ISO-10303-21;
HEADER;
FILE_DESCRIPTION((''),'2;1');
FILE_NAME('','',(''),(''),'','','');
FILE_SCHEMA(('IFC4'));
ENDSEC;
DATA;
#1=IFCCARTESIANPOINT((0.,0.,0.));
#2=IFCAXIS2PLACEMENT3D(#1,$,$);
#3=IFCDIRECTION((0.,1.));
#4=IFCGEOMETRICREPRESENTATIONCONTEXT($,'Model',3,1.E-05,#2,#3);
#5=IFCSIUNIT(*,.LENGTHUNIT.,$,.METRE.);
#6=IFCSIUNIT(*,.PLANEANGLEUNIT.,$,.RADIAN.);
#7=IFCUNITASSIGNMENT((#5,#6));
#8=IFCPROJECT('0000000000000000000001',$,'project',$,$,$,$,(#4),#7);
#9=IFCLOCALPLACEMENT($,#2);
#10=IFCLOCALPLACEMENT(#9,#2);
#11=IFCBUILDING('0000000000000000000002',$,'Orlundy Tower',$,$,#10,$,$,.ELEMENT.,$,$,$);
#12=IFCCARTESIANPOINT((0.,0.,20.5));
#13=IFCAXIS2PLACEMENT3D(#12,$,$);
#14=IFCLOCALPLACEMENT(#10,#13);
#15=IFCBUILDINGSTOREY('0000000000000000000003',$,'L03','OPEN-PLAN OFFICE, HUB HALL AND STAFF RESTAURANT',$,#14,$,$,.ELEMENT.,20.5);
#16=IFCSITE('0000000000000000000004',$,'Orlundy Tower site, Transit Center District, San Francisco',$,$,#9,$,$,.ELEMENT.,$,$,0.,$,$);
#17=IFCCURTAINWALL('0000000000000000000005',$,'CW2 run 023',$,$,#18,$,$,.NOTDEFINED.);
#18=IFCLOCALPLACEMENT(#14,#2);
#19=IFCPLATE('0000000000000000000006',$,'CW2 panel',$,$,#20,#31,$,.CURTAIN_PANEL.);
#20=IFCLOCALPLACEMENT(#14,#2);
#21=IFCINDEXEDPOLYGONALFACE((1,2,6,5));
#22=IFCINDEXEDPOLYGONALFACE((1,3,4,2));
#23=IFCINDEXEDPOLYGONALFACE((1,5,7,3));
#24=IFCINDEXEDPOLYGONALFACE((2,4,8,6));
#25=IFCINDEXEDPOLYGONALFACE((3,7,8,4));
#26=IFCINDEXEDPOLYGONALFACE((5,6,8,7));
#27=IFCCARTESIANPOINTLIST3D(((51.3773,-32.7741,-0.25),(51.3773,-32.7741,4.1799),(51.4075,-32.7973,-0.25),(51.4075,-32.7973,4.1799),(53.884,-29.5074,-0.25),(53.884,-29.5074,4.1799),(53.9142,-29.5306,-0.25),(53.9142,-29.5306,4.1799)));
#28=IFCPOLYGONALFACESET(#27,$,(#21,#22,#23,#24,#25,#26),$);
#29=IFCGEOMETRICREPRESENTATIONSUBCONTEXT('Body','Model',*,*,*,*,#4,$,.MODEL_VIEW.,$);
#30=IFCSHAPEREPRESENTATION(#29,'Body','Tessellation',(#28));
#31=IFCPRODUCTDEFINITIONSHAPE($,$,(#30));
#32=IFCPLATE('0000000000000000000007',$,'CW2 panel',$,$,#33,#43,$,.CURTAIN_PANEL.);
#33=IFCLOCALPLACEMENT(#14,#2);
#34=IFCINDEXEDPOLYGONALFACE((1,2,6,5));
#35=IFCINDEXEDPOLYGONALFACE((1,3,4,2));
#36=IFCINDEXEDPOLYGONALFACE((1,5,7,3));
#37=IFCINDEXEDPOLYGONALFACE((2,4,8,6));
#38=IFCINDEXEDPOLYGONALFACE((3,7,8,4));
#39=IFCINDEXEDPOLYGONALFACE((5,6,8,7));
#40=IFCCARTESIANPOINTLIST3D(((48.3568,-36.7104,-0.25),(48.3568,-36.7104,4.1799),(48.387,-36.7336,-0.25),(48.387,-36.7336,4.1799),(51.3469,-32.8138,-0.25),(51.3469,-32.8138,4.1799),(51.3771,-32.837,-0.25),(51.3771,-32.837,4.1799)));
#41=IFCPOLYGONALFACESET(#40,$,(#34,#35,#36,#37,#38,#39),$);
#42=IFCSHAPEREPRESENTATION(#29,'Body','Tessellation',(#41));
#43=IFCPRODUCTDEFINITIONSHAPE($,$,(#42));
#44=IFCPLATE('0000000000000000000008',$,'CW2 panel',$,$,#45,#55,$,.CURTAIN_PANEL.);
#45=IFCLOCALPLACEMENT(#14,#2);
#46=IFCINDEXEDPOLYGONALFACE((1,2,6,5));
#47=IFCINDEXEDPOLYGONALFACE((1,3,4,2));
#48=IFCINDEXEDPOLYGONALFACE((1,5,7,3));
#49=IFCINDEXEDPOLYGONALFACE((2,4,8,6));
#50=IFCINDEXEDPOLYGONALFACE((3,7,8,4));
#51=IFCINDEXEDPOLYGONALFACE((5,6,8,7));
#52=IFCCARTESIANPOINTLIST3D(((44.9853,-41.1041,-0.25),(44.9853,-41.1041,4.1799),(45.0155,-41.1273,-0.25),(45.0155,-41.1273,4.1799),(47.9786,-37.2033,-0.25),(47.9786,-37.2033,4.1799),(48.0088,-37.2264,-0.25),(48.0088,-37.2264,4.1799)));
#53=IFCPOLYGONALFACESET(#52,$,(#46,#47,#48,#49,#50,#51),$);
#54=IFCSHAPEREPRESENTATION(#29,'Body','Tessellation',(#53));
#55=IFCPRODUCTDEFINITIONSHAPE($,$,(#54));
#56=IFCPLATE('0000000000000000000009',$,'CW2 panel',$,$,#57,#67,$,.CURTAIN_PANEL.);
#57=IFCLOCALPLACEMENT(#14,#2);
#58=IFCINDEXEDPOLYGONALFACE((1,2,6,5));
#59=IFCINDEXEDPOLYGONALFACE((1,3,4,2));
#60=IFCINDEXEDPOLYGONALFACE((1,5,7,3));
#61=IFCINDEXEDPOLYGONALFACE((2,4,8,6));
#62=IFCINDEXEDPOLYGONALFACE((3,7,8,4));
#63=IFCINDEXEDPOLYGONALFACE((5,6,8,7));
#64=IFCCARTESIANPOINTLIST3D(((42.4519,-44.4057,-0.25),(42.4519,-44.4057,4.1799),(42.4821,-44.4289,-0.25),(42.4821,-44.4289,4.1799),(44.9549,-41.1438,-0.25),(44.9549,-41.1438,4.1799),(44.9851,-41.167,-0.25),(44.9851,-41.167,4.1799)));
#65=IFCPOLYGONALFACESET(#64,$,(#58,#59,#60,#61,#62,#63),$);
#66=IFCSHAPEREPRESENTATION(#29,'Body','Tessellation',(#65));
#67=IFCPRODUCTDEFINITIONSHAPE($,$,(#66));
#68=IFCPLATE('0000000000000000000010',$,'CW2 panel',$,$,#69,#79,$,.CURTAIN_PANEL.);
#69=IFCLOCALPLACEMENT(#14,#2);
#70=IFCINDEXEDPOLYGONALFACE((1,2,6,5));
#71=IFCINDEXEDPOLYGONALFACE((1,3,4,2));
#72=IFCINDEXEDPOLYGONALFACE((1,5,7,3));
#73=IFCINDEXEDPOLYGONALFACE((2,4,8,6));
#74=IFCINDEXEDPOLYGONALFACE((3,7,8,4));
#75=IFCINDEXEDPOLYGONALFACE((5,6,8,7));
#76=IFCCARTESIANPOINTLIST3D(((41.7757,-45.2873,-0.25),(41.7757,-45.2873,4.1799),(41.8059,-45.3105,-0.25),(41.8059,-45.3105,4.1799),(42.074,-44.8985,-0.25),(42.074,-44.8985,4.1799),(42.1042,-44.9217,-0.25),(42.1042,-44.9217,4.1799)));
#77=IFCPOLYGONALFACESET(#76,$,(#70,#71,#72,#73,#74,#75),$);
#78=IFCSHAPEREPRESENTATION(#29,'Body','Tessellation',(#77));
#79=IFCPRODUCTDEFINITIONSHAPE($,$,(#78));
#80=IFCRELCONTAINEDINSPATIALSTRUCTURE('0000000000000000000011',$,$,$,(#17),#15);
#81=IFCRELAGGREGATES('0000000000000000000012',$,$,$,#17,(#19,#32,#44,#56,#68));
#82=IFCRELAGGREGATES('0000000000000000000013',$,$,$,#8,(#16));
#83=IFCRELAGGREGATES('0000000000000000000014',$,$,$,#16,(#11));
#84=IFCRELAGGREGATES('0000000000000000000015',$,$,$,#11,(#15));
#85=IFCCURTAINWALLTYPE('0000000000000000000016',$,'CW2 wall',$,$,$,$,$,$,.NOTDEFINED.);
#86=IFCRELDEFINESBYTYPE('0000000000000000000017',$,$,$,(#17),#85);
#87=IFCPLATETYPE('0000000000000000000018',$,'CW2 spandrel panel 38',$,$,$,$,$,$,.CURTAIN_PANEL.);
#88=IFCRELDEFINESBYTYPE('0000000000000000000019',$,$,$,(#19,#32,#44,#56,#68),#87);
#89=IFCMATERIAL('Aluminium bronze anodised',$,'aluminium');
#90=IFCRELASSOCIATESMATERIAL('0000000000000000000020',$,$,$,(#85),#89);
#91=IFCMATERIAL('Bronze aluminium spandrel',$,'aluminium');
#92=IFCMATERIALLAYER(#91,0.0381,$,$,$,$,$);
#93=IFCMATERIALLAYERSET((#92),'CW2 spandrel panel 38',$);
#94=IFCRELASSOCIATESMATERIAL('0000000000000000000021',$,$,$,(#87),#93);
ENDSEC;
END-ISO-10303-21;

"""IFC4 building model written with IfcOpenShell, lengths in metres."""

from ifc_helpers import new_model, si_unit, direction, frame, origin, origin_2d, place, context, subcontext, project, spatial, rectangle, extrude, material, layer, layer_set, type_object, element, aggregate, save


model = new_model("IFC4")

# Units and contexts
model_context = context("Model", 3, precision=1e-05, world=origin(), true_north=direction((0.0, 1.0)))
body_context = subcontext(model_context, "Body", "Model", "MODEL_VIEW")
ifc_project = project(units=[si_unit("LENGTHUNIT", "METRE"), si_unit("PLANEANGLEUNIT", "RADIAN")], contexts=[model_context])

# Site, building, storey
site_placement = place(None, origin())
site = spatial("IfcSite", under=ifc_project, at=site_placement, Name="Orlundy Tower site, Transit Center District, San Francisco", CompositionType="ELEMENT", RefElevation=0.0)
building_placement = place(site_placement, origin())
building = spatial("IfcBuilding", under=site, at=building_placement, Name="Orlundy Tower", CompositionType="ELEMENT")
storey_placement = place(building_placement, frame((0.0, 0.0, 20.5)))
storey = spatial("IfcBuildingStorey", under=building, at=storey_placement, Name="L03", Description="OPEN-PLAN OFFICE, HUB HALL AND STAFF RESTAURANT", CompositionType="ELEMENT", Elevation=20.5)

# Shared definitions
ifc_material_1 = material(Name="Aluminium bronze anodised", Category="aluminium")
curtain_wall_type = type_object("IfcCurtainWallType", Name="CW2 wall", PredefinedType="NOTDEFINED", material=ifc_material_1)

# Curtain wall
curtain_wall_1_placement = place(storey_placement, origin())
curtain_wall_1 = element("IfcCurtainWall", 1, at=curtain_wall_1_placement, inside=storey, type_object=curtain_wall_type, Name="CW2 run 023", PredefinedType="NOTDEFINED")

# Plates
ifc_material_2 = material(Name="Bronze aluminium spandrel", Category="aluminium")
ifc_layer_1 = layer(ifc_material_2, 0.0381)
ifc_layer_set_1 = layer_set([ifc_layer_1], Name="CW2 spandrel panel 38")
plate_type_1 = type_object("IfcPlateType", Name="CW2 spandrel panel 38", PredefinedType="CURTAIN_PANEL", material=ifc_layer_set_1)
plate_1_placement = place(storey_placement, frame((52.6458, -31.1523, -0.25), z_axis=(0.0, 0.0, 1.0), x_axis=(-0.608771, -0.793346, 0.0)))
plate_1 = element("IfcPlate", 2, at=plate_1_placement, type_object=plate_type_1, Name="CW2 panel", PredefinedType="CURTAIN_PANEL", context=body_context, shape_type="SweptSolid", body=[
    extrude(rectangle(XDim=4.1177, YDim=0.0381, at=origin_2d()), origin(), (0.0, 0.0, 1.0), 4.4299),
])
plate_2_placement = place(storey_placement, frame((49.8669, -34.7737, -0.25), z_axis=(0.0, 0.0, 1.0), x_axis=(-0.608771, -0.793346, 0.0)))
plate_2 = element("IfcPlate", 3, at=plate_2_placement, type_object=plate_type_1, Name="CW2 panel", PredefinedType="CURTAIN_PANEL", context=body_context, shape_type="SweptSolid", body=[
    extrude(rectangle(XDim=4.9116, YDim=0.0381, at=origin_2d()), origin(), (0.0, 0.0, 1.0), 4.4299),
])
plate_3_placement = place(storey_placement, frame((46.4971, -39.1653, -0.25), z_axis=(0.0, 0.0, 1.0), x_axis=(-0.608771, -0.793346, 0.0)))
plate_3 = element("IfcPlate", 4, at=plate_3_placement, type_object=plate_type_1, Name="CW2 panel", PredefinedType="CURTAIN_PANEL", context=body_context, shape_type="SweptSolid", body=[
    extrude(rectangle(XDim=4.917, YDim=0.0381, at=origin_2d()), origin(), (0.0, 0.0, 1.0), 4.4299),
])
plate_4_placement = place(storey_placement, frame((43.7185, -42.7864, -0.25), z_axis=(0.0, 0.0, 1.0), x_axis=(-0.608771, -0.793346, 0.0)))
plate_4 = element("IfcPlate", 5, at=plate_4_placement, type_object=plate_type_1, Name="CW2 panel", PredefinedType="CURTAIN_PANEL", context=body_context, shape_type="SweptSolid", body=[
    extrude(rectangle(XDim=4.1116, YDim=0.0381, at=origin_2d()), origin(), (0.0, 0.0, 1.0), 4.4299),
])
plate_5_placement = place(storey_placement, frame((41.9399, -45.1045, -0.25), z_axis=(0.0, 0.0, 1.0), x_axis=(-0.608771, -0.793346, 0.0)))
plate_5 = element("IfcPlate", 6, at=plate_5_placement, type_object=plate_type_1, Name="CW2 panel", PredefinedType="CURTAIN_PANEL", context=body_context, shape_type="SweptSolid", body=[
    extrude(rectangle(XDim=0.49, YDim=0.0381, at=origin_2d()), origin(), (0.0, 0.0, 1.0), 4.4299),
])
aggregate(curtain_wall_1, [plate_1, plate_2, plate_3, plate_4, plate_5])

save(model, "model.ifc")
